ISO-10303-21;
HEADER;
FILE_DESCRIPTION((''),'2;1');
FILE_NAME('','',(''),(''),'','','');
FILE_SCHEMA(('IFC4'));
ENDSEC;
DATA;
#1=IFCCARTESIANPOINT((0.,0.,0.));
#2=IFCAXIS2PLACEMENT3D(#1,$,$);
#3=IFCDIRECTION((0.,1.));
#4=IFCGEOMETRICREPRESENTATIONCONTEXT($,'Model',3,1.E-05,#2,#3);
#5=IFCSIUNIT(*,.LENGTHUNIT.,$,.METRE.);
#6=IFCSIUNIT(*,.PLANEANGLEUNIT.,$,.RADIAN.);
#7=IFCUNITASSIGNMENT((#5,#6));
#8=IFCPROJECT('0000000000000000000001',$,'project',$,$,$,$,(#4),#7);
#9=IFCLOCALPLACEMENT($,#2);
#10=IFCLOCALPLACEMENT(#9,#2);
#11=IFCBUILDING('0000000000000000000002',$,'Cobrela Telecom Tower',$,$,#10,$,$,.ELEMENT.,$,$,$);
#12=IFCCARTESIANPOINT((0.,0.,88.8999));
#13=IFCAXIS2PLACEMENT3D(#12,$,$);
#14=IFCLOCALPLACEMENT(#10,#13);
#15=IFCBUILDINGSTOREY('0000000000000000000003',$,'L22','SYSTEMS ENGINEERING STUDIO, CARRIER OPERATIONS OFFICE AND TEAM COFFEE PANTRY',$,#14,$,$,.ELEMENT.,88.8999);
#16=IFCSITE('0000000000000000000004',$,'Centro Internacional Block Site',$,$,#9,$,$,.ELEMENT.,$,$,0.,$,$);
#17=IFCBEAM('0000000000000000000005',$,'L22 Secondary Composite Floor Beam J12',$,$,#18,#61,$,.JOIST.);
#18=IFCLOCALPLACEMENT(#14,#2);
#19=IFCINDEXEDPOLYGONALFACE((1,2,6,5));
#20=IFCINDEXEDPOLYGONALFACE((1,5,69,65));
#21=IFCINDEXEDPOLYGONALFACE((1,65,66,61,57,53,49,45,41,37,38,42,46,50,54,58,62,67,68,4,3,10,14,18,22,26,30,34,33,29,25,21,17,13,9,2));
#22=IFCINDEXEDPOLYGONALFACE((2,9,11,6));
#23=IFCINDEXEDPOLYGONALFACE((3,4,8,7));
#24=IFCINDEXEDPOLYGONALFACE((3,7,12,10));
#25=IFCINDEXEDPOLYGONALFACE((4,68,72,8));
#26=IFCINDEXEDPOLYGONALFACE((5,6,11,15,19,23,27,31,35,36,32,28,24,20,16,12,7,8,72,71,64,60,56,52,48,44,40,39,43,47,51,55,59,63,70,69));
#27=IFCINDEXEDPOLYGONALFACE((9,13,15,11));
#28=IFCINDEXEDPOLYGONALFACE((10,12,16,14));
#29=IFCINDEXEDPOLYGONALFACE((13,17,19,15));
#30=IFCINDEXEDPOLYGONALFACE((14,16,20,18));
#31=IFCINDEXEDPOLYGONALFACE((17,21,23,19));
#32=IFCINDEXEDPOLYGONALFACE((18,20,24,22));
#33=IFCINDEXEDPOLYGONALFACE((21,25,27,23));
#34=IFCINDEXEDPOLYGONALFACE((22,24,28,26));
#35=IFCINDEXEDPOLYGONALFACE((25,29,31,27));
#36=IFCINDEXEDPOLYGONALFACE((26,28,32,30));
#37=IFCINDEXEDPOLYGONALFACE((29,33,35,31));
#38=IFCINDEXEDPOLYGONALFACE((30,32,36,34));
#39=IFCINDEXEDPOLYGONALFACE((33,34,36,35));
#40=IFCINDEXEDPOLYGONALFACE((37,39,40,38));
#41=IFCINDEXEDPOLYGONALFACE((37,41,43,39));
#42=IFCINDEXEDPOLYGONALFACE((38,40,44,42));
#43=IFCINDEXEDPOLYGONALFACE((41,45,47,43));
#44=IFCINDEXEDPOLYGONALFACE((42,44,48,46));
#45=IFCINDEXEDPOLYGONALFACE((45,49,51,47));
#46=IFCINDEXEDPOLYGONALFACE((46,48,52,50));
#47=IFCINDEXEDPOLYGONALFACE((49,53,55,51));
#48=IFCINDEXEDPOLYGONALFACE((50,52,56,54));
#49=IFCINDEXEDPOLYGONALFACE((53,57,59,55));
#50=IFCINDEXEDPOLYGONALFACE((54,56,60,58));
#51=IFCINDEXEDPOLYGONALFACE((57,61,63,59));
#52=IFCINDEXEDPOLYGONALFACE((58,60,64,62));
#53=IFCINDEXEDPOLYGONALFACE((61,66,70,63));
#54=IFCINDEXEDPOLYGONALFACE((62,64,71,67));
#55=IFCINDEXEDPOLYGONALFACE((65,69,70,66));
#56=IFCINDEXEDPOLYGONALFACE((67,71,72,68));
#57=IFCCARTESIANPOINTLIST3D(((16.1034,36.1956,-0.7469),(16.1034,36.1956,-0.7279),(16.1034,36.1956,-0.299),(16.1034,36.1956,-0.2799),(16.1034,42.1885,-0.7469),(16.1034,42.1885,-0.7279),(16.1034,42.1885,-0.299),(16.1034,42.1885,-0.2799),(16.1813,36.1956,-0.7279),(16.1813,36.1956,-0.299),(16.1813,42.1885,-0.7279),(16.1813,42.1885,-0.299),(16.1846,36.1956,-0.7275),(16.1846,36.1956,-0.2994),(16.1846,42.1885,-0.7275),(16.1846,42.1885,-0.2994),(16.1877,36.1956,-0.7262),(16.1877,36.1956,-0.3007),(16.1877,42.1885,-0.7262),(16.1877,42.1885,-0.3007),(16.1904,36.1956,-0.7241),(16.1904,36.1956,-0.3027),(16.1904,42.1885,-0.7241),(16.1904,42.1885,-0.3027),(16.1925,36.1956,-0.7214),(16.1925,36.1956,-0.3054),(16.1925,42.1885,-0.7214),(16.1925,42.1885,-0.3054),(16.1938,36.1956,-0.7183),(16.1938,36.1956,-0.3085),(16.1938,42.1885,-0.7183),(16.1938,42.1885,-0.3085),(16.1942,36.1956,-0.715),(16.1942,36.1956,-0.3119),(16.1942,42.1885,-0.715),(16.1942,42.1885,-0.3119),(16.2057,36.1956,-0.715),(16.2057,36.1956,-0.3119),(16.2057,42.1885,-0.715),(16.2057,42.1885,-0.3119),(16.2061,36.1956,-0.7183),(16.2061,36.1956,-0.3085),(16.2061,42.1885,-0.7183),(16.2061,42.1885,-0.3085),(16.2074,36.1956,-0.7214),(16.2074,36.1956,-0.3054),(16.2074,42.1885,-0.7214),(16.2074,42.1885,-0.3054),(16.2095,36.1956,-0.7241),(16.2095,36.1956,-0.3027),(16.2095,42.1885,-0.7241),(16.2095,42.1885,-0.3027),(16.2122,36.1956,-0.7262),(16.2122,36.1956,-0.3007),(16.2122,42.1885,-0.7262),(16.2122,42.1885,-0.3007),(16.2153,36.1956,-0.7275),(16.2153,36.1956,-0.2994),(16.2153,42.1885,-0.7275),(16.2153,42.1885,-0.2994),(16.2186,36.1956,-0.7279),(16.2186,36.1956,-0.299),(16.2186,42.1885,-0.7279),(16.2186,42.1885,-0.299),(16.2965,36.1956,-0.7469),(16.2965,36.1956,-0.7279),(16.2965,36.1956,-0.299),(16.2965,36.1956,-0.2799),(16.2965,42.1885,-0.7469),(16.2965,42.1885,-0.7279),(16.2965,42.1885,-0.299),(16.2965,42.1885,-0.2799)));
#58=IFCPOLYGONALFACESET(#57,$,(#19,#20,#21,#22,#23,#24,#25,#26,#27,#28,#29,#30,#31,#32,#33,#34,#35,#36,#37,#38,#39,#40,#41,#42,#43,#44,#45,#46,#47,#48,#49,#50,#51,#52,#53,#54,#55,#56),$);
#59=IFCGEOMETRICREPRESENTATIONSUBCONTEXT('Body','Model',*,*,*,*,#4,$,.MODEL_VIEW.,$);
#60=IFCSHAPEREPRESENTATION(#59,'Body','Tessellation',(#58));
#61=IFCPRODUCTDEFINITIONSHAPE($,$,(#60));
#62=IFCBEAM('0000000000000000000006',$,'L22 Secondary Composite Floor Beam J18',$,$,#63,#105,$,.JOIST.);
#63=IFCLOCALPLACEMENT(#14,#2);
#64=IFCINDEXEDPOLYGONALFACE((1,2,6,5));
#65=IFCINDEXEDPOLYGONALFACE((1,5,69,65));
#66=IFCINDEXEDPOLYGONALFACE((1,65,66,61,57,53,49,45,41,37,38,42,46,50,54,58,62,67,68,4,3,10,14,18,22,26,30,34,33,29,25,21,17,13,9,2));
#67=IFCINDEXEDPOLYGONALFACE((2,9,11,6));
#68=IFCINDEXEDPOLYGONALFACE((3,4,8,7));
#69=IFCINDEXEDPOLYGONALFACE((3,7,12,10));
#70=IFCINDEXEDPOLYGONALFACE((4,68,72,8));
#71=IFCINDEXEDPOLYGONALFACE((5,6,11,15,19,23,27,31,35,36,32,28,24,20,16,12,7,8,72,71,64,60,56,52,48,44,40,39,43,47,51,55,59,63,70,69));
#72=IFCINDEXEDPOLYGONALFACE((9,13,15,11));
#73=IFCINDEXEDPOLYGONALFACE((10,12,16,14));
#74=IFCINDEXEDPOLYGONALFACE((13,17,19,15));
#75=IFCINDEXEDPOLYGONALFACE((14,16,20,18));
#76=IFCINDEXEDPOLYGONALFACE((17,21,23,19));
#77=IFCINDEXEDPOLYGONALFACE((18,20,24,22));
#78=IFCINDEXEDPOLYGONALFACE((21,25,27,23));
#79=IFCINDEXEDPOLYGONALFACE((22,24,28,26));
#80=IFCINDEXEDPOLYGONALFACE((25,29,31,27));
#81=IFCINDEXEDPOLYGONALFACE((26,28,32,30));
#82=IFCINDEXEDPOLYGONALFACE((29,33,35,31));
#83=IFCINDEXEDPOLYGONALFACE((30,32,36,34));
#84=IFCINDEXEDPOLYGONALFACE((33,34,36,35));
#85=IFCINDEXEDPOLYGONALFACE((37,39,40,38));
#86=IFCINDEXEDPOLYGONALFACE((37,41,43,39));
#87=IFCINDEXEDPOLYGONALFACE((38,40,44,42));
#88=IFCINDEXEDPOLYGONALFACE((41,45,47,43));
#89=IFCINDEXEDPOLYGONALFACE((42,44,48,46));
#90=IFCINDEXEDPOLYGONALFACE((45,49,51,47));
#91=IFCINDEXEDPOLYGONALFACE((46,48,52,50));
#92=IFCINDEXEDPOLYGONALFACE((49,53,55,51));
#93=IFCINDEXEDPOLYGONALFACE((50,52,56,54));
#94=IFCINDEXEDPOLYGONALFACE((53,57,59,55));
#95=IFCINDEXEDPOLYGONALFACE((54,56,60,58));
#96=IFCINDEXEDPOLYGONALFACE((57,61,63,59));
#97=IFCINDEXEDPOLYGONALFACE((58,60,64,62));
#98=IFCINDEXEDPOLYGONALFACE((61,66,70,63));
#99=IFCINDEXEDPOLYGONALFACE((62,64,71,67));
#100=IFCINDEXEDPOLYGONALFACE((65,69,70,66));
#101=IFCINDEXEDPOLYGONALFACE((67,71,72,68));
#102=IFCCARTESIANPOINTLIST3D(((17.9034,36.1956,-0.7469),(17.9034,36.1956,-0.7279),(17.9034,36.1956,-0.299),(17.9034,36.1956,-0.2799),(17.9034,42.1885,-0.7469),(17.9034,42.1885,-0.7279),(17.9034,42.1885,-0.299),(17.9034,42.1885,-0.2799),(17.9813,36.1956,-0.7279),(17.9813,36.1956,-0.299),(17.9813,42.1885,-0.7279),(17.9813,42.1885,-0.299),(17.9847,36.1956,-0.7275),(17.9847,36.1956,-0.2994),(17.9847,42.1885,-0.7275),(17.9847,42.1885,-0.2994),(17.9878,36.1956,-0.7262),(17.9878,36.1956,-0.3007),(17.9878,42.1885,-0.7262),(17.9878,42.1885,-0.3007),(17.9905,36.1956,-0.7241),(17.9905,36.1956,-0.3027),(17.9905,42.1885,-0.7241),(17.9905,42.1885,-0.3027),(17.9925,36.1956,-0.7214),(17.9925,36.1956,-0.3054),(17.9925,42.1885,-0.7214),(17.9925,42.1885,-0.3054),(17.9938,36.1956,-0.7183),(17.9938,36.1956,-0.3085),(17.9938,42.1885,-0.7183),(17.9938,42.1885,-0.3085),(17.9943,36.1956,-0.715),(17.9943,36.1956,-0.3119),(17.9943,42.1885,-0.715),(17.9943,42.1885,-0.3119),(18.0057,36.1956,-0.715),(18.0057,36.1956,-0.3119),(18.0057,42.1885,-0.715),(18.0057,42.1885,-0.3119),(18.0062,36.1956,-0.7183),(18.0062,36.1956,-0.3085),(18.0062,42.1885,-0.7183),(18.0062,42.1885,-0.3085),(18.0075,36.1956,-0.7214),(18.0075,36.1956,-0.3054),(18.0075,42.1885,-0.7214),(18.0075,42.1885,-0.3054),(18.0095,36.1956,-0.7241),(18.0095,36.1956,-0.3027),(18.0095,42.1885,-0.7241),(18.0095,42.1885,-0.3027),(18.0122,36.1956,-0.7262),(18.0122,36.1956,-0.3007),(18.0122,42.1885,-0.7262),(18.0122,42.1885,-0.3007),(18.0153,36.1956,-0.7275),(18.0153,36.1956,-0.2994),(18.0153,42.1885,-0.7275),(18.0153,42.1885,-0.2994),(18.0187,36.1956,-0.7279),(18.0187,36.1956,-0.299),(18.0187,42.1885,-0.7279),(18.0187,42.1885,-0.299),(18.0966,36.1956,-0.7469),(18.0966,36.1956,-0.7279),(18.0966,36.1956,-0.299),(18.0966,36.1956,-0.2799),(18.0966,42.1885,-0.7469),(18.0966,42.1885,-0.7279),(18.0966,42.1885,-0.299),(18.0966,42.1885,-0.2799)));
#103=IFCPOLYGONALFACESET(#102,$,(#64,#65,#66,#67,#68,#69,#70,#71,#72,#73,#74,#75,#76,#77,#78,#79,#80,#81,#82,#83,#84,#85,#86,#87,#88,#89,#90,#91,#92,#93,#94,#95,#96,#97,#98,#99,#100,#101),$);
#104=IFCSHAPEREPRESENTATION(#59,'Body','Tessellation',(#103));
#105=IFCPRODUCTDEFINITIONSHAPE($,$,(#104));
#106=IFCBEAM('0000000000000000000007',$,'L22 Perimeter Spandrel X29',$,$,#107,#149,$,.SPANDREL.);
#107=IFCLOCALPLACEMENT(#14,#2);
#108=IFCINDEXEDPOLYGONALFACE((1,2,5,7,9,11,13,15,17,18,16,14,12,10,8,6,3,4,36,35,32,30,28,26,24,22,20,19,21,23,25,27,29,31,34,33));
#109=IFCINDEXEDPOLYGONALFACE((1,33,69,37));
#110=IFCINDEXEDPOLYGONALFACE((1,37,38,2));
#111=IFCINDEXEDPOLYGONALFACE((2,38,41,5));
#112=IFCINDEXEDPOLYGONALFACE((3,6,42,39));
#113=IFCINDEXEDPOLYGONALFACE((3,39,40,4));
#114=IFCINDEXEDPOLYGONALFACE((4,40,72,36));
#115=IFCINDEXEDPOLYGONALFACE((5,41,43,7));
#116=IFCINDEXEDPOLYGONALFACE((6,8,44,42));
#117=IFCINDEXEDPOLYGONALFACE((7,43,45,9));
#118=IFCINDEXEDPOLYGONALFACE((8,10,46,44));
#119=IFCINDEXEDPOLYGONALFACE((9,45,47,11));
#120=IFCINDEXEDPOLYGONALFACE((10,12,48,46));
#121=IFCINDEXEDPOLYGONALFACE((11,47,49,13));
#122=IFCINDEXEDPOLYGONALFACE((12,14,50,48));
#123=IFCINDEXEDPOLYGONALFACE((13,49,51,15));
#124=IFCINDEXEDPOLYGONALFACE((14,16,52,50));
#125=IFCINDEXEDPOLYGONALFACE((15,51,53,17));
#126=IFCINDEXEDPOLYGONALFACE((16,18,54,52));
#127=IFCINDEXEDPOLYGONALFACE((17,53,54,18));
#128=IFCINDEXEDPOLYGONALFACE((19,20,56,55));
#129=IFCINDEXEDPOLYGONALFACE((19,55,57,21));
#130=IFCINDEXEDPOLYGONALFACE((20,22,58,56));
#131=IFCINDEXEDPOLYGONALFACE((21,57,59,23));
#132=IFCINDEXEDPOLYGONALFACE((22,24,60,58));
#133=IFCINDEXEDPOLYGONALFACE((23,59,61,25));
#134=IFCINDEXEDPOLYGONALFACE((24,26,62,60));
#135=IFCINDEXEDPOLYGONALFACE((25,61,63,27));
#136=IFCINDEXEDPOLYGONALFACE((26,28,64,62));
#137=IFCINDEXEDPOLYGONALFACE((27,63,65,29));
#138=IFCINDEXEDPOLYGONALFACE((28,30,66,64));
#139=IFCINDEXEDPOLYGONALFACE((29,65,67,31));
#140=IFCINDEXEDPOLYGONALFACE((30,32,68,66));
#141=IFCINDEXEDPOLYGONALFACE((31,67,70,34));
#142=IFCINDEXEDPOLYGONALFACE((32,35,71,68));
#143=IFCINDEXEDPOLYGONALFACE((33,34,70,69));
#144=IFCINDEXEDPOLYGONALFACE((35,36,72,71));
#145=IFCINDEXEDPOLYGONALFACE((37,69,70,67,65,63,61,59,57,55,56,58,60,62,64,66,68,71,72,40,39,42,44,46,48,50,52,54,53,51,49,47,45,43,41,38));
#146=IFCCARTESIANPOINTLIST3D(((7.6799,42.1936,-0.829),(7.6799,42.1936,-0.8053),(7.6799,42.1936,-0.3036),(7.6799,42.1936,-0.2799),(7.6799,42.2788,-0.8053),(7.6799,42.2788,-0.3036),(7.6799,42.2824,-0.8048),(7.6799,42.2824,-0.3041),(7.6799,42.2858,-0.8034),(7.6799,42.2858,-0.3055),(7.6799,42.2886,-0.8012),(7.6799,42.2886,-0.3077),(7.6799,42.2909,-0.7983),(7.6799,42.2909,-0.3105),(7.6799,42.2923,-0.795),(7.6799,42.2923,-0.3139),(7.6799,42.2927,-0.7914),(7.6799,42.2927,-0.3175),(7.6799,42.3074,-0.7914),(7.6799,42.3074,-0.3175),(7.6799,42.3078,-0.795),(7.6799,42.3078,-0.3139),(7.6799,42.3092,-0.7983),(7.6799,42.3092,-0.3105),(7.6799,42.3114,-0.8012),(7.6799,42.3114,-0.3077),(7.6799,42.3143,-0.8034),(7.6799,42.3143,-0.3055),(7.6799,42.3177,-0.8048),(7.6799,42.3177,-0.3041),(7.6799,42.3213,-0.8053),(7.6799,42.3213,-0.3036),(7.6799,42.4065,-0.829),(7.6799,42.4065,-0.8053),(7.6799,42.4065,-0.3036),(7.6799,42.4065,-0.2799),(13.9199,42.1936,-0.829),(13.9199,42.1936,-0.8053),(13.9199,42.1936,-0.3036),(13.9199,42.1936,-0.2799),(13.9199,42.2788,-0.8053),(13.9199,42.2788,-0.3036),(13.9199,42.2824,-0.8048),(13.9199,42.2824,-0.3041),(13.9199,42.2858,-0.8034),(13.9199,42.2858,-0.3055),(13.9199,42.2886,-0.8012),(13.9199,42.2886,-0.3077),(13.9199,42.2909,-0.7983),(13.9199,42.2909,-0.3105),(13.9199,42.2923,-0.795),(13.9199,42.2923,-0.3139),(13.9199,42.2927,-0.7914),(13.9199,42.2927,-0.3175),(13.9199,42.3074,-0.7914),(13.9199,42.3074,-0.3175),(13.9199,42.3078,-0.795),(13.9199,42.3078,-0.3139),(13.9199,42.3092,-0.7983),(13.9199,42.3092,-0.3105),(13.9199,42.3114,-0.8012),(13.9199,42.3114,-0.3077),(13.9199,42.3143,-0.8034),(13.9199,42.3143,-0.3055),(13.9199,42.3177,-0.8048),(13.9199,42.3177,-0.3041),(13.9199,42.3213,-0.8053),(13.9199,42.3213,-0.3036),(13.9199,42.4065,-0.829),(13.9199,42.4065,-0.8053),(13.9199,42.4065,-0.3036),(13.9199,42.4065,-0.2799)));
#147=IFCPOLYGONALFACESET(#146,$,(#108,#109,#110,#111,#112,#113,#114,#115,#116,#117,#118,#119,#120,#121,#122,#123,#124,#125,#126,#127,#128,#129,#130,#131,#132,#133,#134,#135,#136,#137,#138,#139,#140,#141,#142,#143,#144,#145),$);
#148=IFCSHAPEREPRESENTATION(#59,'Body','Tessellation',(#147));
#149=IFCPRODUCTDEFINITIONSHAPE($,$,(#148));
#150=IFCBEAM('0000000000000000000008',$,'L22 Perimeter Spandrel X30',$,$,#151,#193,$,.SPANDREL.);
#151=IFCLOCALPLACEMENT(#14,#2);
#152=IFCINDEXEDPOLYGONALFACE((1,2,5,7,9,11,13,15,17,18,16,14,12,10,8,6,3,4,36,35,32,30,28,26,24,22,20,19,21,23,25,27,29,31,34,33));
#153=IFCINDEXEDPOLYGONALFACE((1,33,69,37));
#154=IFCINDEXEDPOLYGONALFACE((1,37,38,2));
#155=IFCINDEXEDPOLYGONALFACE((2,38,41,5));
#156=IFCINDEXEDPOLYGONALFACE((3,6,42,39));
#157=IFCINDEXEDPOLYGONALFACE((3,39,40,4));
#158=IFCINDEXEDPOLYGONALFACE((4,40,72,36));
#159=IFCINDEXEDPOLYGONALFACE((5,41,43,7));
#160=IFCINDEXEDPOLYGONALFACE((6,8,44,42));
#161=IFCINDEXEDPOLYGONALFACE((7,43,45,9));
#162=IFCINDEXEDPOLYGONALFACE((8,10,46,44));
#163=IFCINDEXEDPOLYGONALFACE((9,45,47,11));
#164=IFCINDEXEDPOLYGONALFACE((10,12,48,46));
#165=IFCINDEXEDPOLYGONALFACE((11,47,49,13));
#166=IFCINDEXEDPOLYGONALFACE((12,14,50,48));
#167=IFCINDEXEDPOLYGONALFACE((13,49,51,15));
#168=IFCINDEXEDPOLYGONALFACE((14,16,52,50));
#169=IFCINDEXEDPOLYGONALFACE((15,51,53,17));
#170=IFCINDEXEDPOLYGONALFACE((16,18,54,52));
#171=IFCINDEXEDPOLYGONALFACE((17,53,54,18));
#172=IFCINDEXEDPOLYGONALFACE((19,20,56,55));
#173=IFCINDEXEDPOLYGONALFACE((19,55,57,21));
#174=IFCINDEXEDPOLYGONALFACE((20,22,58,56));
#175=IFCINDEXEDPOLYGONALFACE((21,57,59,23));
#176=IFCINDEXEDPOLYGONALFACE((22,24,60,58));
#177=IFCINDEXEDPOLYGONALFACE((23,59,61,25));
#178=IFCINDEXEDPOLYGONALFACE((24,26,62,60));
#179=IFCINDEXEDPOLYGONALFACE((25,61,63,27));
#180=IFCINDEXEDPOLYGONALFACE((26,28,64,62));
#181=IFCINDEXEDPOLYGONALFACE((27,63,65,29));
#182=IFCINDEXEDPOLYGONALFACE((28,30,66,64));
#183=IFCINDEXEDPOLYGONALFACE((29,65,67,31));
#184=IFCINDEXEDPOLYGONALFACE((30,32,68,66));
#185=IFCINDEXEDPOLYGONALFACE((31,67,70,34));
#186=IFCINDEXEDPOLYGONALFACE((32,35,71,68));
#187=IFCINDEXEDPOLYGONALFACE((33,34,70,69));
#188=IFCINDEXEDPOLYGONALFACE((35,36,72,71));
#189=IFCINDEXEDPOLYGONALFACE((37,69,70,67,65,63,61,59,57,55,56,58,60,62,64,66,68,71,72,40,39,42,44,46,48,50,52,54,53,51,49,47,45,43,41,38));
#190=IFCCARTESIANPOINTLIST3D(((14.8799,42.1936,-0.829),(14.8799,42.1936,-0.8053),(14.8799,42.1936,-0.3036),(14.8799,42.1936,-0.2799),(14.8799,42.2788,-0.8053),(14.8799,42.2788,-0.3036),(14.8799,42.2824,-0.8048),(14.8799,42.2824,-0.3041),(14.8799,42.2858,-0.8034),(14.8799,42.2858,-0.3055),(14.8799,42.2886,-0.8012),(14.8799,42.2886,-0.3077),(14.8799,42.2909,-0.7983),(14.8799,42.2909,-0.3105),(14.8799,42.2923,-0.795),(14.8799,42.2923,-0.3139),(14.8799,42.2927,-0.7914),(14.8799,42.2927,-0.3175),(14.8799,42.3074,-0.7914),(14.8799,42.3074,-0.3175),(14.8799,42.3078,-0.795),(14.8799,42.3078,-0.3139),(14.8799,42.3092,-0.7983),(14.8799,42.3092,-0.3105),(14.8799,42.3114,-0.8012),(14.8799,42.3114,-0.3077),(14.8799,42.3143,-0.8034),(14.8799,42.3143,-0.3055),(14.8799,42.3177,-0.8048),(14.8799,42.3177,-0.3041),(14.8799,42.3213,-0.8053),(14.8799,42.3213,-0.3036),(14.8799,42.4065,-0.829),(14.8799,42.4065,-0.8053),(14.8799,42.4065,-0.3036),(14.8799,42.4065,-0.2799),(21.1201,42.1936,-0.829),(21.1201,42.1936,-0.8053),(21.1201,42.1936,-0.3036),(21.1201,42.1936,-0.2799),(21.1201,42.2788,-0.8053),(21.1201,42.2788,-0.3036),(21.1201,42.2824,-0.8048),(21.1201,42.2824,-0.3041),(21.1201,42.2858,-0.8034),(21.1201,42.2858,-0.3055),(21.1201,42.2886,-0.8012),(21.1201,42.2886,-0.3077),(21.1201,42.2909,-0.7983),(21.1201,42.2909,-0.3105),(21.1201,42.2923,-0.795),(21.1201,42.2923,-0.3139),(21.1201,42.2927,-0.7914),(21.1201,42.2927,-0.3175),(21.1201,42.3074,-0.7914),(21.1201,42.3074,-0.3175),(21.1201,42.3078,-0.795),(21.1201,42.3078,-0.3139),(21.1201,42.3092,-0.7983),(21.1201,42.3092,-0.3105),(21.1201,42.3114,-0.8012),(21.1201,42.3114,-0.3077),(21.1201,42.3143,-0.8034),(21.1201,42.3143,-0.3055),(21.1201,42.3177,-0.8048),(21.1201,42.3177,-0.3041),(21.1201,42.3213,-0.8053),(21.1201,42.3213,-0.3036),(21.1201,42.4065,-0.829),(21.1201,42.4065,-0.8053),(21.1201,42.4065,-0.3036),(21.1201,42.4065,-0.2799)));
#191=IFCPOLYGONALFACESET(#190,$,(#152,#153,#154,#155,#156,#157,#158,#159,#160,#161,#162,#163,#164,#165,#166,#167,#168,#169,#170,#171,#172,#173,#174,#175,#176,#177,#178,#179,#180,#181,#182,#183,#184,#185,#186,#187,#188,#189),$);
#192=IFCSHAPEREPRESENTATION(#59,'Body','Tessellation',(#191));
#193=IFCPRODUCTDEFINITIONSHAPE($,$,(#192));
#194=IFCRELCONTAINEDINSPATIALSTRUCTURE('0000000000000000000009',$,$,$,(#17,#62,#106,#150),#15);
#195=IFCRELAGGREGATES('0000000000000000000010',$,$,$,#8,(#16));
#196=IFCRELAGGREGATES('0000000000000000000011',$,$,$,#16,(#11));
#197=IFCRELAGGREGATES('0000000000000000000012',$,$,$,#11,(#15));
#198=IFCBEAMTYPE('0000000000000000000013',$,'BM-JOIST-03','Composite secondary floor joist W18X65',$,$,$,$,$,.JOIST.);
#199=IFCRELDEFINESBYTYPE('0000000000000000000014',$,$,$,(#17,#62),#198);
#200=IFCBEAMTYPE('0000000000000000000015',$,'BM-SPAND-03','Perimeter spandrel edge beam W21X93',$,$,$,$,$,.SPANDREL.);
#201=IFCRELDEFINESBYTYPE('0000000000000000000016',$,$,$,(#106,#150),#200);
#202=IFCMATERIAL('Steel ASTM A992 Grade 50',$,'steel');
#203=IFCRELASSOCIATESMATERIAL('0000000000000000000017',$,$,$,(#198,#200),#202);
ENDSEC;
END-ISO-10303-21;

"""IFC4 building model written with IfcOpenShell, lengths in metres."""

from ifc_helpers import new_model, si_unit, direction, frame, origin, origin_2d, place, context, subcontext, project, spatial, i_section, extrude, material, material_profile, profile_set, type_object, element, save


model = new_model("IFC4")

# Units and contexts
model_context = context("Model", 3, precision=1e-05, world=origin(), true_north=direction((0.0, 1.0)))
body_context = subcontext(model_context, "Body", "Model", "MODEL_VIEW")
ifc_project = project(units=[si_unit("LENGTHUNIT", "METRE"), si_unit("PLANEANGLEUNIT", "RADIAN")], contexts=[model_context])

# Site, building, storey
site_placement = place(None, origin())
site = spatial("IfcSite", under=ifc_project, at=site_placement, Name="Centro Internacional Block Site", CompositionType="ELEMENT", RefElevation=0.0)
building_placement = place(site_placement, origin())
building = spatial("IfcBuilding", under=site, at=building_placement, Name="Cobrela Telecom Tower", CompositionType="ELEMENT")
storey_placement = place(building_placement, frame((0.0, 0.0, 88.8999)))
storey = spatial("IfcBuildingStorey", under=building, at=storey_placement, Name="L22", Description="SYSTEMS ENGINEERING STUDIO, CARRIER OPERATIONS OFFICE AND TEAM COFFEE PANTRY", CompositionType="ELEMENT", Elevation=88.8999)

# Beams
ifc_material_1 = material(Name="Steel ASTM A992 Grade 50", Category="steel")
ifc_material_profile_1 = material_profile(ifc_material_1, i_section(OverallWidth=0.1931, OverallDepth=0.467, WebThickness=0.0115, FlangeThickness=0.019, FilletRadius=0.0129, at=origin_2d()), Name="W18X65")
ifc_profile_set_1 = profile_set([ifc_material_profile_1], Name="Steel ASTM A992 Grade 50")
beam_type_1 = type_object("IfcBeamType", Name="BM-JOIST-03", Description="Composite secondary floor joist W18X65", PredefinedType="JOIST", material=ifc_profile_set_1)
for number, where, z_axis, x_axis, name in (
    (1, (16.2, 36.1956, -0.5134), (0.0, 1.0, 0.0), (-1.0, 0.0, 0.0), "L22 Secondary Composite Floor Beam J12"),
    (2, (18.0, 36.1956, -0.5134), (0.0, 1.0, 0.0), (-1.0, 0.0, 0.0), "L22 Secondary Composite Floor Beam J18"),
):
    element("IfcBeam", number, at=place(storey_placement, frame(where, z_axis=z_axis, x_axis=x_axis)), inside=storey, type_object=beam_type_1, Name=name, PredefinedType="JOIST", context=body_context, shape_type="SweptSolid", body=[
        extrude(i_section(OverallWidth=0.1931, OverallDepth=0.467, WebThickness=0.0115, FlangeThickness=0.019, FilletRadius=0.0129, at=origin_2d()), origin(), (0.0, 0.0, 1.0), 5.9929),
    ])
ifc_material_profile_2 = material_profile(ifc_material_1, i_section(OverallWidth=0.2129, OverallDepth=0.5491, WebThickness=0.0146, FlangeThickness=0.0237, FilletRadius=0.0139, at=origin_2d()), Name="W21X93")
ifc_profile_set_2 = profile_set([ifc_material_profile_2], Name="Steel ASTM A992 Grade 50")
beam_type_2 = type_object("IfcBeamType", Name="BM-SPAND-03", Description="Perimeter spandrel edge beam W21X93", PredefinedType="SPANDREL", material=ifc_profile_set_2)
beam_1_placement = place(storey_placement, frame((7.6799, 42.3, -0.5544), z_axis=(1.0, 0.0, 0.0), x_axis=(0.0, 1.0, 0.0)))
element("IfcBeam", 3, at=beam_1_placement, inside=storey, type_object=beam_type_2, Name="L22 Perimeter Spandrel X29", PredefinedType="SPANDREL", context=body_context, shape_type="SweptSolid", body=[
    extrude(i_section(OverallWidth=0.2129, OverallDepth=0.5491, WebThickness=0.0146, FlangeThickness=0.0237, FilletRadius=0.0139, at=origin_2d()), origin(), (0.0, 0.0, 1.0), 6.24),
])
beam_2_placement = place(storey_placement, frame((14.8799, 42.3, -0.5544), z_axis=(1.0, 0.0, 0.0), x_axis=(0.0, 1.0, 0.0)))
element("IfcBeam", 4, at=beam_2_placement, inside=storey, type_object=beam_type_2, Name="L22 Perimeter Spandrel X30", PredefinedType="SPANDREL", context=body_context, shape_type="SweptSolid", body=[
    extrude(i_section(OverallWidth=0.2129, OverallDepth=0.5491, WebThickness=0.0146, FlangeThickness=0.0237, FilletRadius=0.0139, at=origin_2d()), origin(), (0.0, 0.0, 1.0), 6.2402),
])

save(model, "model.ifc")
